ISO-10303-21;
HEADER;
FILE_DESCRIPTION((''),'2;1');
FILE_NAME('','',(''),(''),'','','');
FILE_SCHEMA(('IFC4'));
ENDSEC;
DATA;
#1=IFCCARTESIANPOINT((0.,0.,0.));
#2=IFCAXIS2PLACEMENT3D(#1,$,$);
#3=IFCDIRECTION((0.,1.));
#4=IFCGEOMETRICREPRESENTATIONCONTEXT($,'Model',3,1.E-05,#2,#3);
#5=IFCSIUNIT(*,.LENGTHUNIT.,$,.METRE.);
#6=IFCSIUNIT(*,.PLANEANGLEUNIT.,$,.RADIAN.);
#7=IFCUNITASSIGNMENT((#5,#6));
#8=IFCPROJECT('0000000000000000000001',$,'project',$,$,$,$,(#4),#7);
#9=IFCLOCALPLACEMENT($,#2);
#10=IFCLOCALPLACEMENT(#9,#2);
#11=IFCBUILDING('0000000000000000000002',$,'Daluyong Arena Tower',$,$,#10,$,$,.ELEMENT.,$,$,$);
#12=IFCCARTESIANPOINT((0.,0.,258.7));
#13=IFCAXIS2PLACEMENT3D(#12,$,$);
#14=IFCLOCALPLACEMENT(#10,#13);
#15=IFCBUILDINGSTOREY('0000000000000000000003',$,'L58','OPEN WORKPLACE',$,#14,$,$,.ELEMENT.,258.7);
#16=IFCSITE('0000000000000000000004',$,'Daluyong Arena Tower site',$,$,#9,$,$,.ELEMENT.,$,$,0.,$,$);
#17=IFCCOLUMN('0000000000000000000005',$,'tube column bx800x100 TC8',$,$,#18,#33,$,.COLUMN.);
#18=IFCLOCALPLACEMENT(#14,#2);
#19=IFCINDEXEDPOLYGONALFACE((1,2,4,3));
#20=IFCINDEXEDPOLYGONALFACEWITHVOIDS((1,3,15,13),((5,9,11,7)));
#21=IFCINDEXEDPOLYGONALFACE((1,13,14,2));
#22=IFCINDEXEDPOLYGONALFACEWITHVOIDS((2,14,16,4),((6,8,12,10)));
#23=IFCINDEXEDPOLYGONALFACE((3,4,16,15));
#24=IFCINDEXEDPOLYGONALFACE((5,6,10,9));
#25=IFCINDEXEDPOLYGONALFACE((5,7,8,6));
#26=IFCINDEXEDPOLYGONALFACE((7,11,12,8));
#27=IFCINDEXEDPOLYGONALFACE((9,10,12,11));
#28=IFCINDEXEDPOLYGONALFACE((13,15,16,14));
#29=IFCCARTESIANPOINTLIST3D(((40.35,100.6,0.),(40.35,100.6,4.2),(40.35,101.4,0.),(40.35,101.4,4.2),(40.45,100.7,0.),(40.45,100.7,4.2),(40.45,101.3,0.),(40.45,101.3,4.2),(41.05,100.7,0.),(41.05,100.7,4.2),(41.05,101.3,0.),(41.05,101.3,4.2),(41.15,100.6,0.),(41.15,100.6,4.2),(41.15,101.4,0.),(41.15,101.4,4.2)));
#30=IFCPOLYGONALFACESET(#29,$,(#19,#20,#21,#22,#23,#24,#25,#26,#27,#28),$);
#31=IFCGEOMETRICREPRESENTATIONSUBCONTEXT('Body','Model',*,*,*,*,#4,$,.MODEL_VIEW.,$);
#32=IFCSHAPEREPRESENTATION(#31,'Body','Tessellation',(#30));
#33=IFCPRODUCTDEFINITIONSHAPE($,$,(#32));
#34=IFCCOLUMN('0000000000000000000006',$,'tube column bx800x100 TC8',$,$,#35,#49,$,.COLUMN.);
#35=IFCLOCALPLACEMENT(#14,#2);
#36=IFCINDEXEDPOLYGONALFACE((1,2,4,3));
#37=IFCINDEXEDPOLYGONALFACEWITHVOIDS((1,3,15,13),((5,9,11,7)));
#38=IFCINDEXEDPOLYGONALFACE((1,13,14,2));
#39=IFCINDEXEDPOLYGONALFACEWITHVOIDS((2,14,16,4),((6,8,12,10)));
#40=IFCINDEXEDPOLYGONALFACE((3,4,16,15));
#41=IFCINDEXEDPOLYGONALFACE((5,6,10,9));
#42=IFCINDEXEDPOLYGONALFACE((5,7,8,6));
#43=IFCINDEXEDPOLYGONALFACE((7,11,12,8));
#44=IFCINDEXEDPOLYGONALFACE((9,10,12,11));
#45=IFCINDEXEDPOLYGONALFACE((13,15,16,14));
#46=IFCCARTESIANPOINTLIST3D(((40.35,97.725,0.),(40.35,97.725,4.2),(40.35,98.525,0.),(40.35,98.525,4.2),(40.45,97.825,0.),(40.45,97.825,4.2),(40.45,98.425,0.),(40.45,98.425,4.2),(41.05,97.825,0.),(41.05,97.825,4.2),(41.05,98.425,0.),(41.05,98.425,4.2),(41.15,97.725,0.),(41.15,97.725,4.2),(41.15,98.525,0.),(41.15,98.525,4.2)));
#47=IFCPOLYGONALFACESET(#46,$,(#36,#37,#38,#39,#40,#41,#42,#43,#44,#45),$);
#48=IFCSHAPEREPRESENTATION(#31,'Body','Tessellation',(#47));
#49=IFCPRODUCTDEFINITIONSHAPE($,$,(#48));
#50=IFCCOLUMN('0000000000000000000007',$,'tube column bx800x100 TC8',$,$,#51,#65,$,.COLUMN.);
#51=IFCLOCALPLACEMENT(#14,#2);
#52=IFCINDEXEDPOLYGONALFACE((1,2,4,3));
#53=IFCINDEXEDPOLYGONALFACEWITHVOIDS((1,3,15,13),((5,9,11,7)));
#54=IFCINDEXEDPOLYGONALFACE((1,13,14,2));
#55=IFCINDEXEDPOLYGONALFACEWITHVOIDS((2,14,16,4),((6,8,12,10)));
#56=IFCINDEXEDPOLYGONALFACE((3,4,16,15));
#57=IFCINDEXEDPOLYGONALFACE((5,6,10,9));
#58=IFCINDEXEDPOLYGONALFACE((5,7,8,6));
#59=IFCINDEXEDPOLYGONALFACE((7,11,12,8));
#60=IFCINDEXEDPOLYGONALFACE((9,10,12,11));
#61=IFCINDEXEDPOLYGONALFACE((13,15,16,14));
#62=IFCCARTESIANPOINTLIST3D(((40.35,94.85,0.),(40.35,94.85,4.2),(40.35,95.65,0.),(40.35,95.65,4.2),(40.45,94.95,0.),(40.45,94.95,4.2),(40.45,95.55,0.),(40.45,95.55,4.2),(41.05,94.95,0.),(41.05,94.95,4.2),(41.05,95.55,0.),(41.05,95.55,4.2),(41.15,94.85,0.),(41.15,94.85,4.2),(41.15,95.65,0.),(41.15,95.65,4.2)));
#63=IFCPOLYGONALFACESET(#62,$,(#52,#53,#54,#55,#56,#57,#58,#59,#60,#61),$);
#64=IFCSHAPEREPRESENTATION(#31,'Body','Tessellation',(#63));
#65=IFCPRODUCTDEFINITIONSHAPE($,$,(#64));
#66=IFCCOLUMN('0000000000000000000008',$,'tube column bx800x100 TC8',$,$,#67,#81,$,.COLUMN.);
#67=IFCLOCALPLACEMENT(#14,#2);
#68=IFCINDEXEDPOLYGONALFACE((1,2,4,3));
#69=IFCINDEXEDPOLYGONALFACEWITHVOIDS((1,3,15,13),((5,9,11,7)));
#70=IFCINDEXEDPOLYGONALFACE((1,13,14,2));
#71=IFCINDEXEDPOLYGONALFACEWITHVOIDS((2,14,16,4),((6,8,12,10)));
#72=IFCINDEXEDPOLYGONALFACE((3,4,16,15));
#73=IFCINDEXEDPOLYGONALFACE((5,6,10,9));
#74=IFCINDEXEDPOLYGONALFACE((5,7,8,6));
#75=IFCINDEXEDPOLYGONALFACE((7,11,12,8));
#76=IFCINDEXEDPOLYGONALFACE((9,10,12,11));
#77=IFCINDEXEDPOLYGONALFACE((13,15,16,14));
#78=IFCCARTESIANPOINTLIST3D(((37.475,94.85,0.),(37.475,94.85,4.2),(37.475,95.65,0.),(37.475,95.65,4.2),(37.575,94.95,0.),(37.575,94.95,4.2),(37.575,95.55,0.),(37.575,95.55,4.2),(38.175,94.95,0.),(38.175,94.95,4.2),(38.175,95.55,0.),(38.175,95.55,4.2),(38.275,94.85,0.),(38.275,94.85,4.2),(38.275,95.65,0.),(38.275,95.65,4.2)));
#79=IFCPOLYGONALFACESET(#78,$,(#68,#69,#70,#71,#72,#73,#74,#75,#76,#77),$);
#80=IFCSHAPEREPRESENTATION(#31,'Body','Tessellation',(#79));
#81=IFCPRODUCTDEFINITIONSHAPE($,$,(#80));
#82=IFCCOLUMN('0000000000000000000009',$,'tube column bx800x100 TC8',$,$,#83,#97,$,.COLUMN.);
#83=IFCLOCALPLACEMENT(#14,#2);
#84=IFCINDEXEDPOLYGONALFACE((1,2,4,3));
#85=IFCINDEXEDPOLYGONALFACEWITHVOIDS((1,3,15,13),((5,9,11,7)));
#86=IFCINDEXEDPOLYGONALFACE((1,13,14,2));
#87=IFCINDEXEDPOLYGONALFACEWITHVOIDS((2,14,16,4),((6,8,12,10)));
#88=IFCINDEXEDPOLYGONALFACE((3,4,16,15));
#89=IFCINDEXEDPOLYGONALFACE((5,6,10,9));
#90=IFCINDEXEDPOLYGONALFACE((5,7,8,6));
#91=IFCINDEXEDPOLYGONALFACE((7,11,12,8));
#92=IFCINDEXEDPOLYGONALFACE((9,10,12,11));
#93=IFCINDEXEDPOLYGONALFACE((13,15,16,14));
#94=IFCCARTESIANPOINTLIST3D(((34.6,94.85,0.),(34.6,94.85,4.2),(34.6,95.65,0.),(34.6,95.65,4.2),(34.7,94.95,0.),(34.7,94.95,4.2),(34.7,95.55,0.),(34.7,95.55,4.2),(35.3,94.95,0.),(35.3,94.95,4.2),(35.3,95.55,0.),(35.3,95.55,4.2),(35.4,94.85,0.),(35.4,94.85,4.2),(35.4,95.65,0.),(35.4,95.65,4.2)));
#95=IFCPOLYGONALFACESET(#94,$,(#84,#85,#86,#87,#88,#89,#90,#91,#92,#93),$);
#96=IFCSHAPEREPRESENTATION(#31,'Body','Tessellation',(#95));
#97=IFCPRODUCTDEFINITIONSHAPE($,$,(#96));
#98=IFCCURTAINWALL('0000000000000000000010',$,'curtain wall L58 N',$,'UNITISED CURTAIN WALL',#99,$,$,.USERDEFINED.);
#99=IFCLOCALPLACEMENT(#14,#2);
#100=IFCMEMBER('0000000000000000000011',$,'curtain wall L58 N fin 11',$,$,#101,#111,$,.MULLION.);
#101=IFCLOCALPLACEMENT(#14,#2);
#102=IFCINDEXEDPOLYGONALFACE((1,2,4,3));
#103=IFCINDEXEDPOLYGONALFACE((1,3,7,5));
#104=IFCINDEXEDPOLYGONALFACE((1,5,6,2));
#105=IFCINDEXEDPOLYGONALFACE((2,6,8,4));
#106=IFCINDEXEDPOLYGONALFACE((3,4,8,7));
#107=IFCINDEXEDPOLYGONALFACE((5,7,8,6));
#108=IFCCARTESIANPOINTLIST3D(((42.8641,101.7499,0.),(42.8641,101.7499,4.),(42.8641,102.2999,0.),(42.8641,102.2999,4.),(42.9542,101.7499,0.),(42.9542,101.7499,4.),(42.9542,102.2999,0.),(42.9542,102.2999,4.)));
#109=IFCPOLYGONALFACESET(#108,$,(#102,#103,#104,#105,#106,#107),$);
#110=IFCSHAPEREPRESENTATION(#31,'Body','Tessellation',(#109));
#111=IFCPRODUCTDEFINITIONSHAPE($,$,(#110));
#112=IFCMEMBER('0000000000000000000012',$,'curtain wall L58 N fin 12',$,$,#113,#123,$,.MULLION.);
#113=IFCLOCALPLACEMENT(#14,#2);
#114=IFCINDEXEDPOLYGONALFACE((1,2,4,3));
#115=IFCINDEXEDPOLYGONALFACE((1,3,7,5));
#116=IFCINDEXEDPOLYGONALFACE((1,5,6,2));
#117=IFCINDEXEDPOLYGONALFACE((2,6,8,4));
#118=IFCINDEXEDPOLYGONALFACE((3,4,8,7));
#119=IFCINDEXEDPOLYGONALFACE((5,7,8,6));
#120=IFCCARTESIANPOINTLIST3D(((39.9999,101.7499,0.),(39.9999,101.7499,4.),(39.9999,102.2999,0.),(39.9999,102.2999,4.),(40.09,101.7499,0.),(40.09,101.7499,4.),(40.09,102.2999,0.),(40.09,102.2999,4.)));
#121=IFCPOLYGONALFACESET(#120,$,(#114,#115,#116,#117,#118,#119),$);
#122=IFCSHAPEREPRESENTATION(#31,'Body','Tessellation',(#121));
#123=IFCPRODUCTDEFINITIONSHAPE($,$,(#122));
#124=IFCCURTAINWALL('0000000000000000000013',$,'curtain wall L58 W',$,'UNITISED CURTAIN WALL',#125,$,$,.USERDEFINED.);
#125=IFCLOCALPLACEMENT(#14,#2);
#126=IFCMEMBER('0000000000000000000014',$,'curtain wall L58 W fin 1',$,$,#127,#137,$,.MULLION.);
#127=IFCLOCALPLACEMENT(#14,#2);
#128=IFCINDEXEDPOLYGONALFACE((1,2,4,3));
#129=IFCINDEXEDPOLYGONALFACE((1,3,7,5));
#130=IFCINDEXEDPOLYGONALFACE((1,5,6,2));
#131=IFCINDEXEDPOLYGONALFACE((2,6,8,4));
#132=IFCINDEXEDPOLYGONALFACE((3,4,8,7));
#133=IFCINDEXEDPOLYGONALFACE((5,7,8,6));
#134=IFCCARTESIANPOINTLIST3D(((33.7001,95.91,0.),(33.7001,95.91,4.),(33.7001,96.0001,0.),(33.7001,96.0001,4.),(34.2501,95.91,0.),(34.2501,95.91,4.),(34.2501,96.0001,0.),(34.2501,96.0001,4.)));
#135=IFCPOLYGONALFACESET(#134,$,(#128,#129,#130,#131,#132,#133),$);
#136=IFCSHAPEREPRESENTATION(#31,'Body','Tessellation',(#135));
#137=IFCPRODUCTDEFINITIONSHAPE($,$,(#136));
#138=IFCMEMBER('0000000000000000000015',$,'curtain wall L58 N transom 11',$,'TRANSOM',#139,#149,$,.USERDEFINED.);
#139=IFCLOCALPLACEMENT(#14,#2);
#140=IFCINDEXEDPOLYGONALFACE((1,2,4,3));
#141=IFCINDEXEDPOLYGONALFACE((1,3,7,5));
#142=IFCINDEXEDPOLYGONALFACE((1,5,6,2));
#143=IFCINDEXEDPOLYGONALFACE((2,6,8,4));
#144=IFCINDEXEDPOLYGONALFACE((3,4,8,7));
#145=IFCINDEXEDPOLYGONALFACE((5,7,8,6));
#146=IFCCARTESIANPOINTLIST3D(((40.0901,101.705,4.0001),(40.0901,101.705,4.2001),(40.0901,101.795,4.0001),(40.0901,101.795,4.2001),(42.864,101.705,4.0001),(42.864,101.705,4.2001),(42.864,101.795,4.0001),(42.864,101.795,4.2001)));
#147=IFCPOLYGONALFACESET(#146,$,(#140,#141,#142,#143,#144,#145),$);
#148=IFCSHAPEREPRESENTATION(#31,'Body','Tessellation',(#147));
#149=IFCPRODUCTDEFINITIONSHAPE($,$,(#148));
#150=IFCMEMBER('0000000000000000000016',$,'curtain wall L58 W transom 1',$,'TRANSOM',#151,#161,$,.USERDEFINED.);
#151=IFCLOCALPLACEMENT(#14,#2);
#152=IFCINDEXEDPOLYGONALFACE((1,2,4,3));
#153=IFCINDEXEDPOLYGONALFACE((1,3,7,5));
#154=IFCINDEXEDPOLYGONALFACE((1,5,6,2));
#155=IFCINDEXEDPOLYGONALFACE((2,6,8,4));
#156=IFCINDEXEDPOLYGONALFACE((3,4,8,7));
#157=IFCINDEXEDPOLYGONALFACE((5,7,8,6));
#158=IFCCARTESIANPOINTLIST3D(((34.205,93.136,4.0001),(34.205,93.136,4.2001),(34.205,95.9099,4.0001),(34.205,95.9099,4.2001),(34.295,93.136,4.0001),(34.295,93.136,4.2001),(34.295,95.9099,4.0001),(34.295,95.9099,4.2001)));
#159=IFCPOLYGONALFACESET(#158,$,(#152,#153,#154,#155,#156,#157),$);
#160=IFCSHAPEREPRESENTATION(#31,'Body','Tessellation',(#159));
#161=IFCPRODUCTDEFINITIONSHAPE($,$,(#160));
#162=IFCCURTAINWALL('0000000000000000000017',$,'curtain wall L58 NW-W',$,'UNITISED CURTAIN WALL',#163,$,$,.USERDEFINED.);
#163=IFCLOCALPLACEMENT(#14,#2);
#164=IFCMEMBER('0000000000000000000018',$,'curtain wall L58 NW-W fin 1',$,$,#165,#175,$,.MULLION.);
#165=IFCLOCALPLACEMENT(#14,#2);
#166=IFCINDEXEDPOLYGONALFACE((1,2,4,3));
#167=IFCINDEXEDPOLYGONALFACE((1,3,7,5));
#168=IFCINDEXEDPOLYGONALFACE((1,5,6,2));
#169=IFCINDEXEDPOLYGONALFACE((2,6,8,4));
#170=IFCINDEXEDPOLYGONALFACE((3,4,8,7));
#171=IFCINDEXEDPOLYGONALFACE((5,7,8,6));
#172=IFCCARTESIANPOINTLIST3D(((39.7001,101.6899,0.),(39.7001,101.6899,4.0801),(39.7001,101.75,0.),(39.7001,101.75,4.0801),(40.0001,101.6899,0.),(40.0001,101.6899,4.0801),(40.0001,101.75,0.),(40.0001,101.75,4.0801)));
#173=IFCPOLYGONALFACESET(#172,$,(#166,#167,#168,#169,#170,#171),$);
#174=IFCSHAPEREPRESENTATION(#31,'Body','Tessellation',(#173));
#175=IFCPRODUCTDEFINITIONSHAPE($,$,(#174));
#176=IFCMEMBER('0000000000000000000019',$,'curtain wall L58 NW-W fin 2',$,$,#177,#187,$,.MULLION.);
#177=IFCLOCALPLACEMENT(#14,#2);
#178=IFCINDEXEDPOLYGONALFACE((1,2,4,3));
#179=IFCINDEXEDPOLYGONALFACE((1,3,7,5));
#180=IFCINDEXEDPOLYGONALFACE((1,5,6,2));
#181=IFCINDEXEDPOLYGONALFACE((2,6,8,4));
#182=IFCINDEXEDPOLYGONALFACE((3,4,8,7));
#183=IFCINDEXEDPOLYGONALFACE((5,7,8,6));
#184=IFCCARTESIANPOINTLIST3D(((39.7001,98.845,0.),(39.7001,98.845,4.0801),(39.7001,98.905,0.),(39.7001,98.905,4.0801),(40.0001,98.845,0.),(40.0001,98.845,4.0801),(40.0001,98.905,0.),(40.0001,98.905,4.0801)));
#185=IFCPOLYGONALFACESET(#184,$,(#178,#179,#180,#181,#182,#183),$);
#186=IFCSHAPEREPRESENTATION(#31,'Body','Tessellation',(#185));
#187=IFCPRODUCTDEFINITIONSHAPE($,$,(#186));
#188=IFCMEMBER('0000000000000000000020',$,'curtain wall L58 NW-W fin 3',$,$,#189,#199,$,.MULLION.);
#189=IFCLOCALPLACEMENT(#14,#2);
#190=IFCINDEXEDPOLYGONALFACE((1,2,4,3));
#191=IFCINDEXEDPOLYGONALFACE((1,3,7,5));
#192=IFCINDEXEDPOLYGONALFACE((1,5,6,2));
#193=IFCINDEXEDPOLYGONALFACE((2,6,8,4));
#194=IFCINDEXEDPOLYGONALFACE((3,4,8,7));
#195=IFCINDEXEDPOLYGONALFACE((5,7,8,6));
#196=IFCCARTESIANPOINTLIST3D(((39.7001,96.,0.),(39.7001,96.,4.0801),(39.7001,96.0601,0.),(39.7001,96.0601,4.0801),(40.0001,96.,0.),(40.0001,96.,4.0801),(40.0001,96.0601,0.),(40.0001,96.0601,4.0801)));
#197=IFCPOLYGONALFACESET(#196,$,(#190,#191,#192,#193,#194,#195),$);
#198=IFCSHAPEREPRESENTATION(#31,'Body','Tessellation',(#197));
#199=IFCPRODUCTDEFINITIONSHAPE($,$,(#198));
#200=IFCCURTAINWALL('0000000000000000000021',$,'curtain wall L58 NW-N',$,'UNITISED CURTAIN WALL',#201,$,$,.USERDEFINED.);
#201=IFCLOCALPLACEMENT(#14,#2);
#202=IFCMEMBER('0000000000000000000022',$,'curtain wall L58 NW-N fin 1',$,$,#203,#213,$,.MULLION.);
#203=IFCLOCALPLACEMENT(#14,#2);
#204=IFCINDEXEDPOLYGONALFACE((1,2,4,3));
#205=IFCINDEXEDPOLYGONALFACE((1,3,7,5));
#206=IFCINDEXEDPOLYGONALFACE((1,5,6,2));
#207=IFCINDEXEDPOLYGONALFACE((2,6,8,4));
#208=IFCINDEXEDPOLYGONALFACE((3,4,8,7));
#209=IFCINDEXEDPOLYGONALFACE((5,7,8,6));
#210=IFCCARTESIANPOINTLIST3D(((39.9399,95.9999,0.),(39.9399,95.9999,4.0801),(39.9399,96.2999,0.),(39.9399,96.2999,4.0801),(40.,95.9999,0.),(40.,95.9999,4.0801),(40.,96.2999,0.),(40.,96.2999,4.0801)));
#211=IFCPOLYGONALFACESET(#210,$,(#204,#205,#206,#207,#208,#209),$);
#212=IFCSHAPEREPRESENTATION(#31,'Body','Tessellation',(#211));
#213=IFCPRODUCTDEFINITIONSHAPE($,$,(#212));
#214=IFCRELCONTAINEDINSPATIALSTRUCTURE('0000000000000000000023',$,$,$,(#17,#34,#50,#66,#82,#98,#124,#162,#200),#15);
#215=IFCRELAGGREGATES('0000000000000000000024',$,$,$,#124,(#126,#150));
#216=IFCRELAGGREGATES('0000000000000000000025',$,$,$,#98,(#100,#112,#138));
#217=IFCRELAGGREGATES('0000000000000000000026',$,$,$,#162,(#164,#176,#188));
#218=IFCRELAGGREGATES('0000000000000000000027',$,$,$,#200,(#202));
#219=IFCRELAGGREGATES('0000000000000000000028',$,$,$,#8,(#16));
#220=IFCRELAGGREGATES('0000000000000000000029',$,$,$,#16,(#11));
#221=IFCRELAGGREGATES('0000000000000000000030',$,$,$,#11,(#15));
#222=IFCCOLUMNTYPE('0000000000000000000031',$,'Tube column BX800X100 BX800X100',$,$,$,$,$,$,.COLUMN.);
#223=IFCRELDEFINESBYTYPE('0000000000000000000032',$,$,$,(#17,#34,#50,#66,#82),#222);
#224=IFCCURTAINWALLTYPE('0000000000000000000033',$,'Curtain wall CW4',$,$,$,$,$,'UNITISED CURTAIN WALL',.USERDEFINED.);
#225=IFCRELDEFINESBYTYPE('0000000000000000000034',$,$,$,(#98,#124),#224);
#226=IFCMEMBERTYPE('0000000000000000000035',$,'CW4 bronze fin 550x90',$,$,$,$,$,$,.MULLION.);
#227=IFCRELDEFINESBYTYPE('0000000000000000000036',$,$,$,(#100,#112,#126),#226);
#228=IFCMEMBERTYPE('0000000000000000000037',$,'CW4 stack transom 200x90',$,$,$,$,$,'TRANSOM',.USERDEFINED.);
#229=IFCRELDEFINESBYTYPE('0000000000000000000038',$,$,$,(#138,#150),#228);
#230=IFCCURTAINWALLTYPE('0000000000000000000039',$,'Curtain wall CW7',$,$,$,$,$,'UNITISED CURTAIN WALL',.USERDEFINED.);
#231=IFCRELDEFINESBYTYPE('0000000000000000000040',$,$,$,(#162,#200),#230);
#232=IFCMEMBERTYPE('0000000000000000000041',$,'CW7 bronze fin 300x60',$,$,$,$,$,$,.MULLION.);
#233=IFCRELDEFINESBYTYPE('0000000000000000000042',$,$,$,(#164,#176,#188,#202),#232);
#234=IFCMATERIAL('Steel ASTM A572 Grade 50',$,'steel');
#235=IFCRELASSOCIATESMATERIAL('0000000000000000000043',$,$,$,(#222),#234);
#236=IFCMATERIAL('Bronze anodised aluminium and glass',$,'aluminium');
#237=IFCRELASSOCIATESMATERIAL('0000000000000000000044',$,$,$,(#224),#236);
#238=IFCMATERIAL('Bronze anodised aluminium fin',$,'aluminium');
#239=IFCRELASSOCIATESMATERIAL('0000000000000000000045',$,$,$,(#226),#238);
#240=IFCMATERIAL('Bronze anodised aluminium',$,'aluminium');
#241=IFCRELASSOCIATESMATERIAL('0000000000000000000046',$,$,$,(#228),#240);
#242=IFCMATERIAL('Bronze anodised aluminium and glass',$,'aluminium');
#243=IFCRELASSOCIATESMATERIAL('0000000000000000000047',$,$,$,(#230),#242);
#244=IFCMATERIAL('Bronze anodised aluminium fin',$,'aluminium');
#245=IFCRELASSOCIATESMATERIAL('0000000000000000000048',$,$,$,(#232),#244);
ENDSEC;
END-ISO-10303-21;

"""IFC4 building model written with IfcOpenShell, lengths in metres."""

from ifc_helpers import new_model, si_unit, direction, frame, origin, origin_2d, place, context, subcontext, project, spatial, rectangle, hollow_rectangle, extrude, material, material_profile, profile_set, type_object, element, aggregate, save


model = new_model("IFC4")

# Units and contexts
model_context = context("Model", 3, precision=1e-05, world=origin(), true_north=direction((0.0, 1.0)))
body_context = subcontext(model_context, "Body", "Model", "MODEL_VIEW")
ifc_project = project(units=[si_unit("LENGTHUNIT", "METRE"), si_unit("PLANEANGLEUNIT", "RADIAN")], contexts=[model_context])

# Site, building, storey
site_placement = place(None, origin())
site = spatial("IfcSite", under=ifc_project, at=site_placement, Name="Daluyong Arena Tower site", CompositionType="ELEMENT", RefElevation=0.0)
building_placement = place(site_placement, origin())
building = spatial("IfcBuilding", under=site, at=building_placement, Name="Daluyong Arena Tower", CompositionType="ELEMENT")
storey_placement = place(building_placement, frame((0.0, 0.0, 258.7)))
storey = spatial("IfcBuildingStorey", under=building, at=storey_placement, Name="L58", Description="OPEN WORKPLACE", CompositionType="ELEMENT", Elevation=258.7)

# Columns
ifc_material_1 = material(Name="Steel ASTM A572 Grade 50", Category="steel")
ifc_material_profile_1 = material_profile(ifc_material_1, hollow_rectangle(XDim=0.8, YDim=0.8, WallThickness=0.1, at=origin_2d()))
ifc_profile_set_1 = profile_set([ifc_material_profile_1], Name="Steel ASTM A572 Grade 50")
column_type = type_object("IfcColumnType", Name="Tube column BX800X100 BX800X100", PredefinedType="COLUMN", material=ifc_profile_set_1)
for number, where, z_axis, x_axis, name in (
    (1, (40.75, 101.0, 0.0), (0.0, 0.0, 1.0), (0.0, 1.0, 0.0), "tube column bx800x100 TC8"),
    (2, (40.75, 98.125, 0.0), (0.0, 0.0, 1.0), (0.0, 1.0, 0.0), "tube column bx800x100 TC8"),
    (3, (40.75, 95.25, 0.0), (0.0, 0.0, 1.0), (1.0, 0.0, 0.0), "tube column bx800x100 TC8"),
    (4, (37.875, 95.25, 0.0), (0.0, 0.0, 1.0), (1.0, 0.0, 0.0), "tube column bx800x100 TC8"),
    (5, (35.0, 95.25, 0.0), (0.0, 0.0, 1.0), (0.0, 1.0, 0.0), "tube column bx800x100 TC8"),
):
    element("IfcColumn", number, at=place(storey_placement, frame(where, z_axis=z_axis, x_axis=x_axis)), inside=storey, type_object=column_type, Name=name, PredefinedType="COLUMN", context=body_context, shape_type="SweptSolid", body=[
        extrude(hollow_rectangle(XDim=0.8, YDim=0.8, WallThickness=0.1, at=origin_2d()), origin(), (0.0, 0.0, 1.0), 4.2),
    ])

# Curtain wall, members
ifc_material_2 = material(Name="Bronze anodised aluminium and glass", Category="aluminium")
curtain_wall_type_1 = type_object("IfcCurtainWallType", Name="Curtain wall CW4", ElementType="UNITISED CURTAIN WALL", PredefinedType="USERDEFINED", material=ifc_material_2)
curtain_wall_1_placement = place(storey_placement, origin())
curtain_wall_1 = element("IfcCurtainWall", 6, at=curtain_wall_1_placement, inside=storey, type_object=curtain_wall_type_1, Name="curtain wall L58 N", ObjectType="UNITISED CURTAIN WALL", PredefinedType="USERDEFINED")
ifc_material_3 = material(Name="Bronze anodised aluminium fin", Category="aluminium")
ifc_material_profile_2 = material_profile(ifc_material_3, rectangle(XDim=0.55, YDim=0.0901, at=origin_2d()))
ifc_profile_set_2 = profile_set([ifc_material_profile_2], Name="Bronze anodised aluminium fin")
member_type_1 = type_object("IfcMemberType", Name="CW4 bronze fin 550x90", PredefinedType="MULLION", material=ifc_profile_set_2)
member_1_placement = place(storey_placement, frame((42.9092, 102.0249, 0.0), z_axis=(0.0, 0.0, 1.0), x_axis=(0.0, -1.0, 0.0)))
member_1 = element("IfcMember", 7, at=member_1_placement, type_object=member_type_1, Name="curtain wall L58 N fin 11", PredefinedType="MULLION", context=body_context, shape_type="SweptSolid", body=[
    extrude(rectangle(XDim=0.55, YDim=0.0901, at=origin_2d()), origin(), (0.0, 0.0, 1.0), 4.0),
])
member_2_placement = place(storey_placement, frame((40.0449, 102.0249, 0.0), z_axis=(0.0, 0.0, 1.0), x_axis=(0.0, -1.0, 0.0)))
member_2 = element("IfcMember", 8, at=member_2_placement, type_object=member_type_1, Name="curtain wall L58 N fin 12", PredefinedType="MULLION", context=body_context, shape_type="SweptSolid", body=[
    extrude(rectangle(XDim=0.55, YDim=0.0901, at=origin_2d()), origin(), (0.0, 0.0, 1.0), 4.0),
])

# Curtain wall, member
curtain_wall_2_placement = place(storey_placement, origin())
curtain_wall_2 = element("IfcCurtainWall", 9, at=curtain_wall_2_placement, inside=storey, type_object=curtain_wall_type_1, Name="curtain wall L58 W", ObjectType="UNITISED CURTAIN WALL", PredefinedType="USERDEFINED")
member_3_placement = place(storey_placement, frame((33.9751, 95.9551, 0.0), z_axis=(0.0, 0.0, 1.0), x_axis=(1.0, 0.0, 0.0)))
member_3 = element("IfcMember", 10, at=member_3_placement, type_object=member_type_1, Name="curtain wall L58 W fin 1", PredefinedType="MULLION", context=body_context, shape_type="SweptSolid", body=[
    extrude(rectangle(XDim=0.55, YDim=0.0901, at=origin_2d()), origin(), (0.0, 0.0, 1.0), 4.0),
])

# Members
ifc_material_4 = material(Name="Bronze anodised aluminium", Category="aluminium")
ifc_material_profile_3 = material_profile(ifc_material_4, rectangle(XDim=0.0901, YDim=0.2, at=origin_2d()))
ifc_profile_set_3 = profile_set([ifc_material_profile_3], Name="Bronze anodised aluminium")
member_type_2 = type_object("IfcMemberType", Name="CW4 stack transom 200x90", ElementType="TRANSOM", PredefinedType="USERDEFINED", material=ifc_profile_set_3)
member_4_placement = place(storey_placement, frame((42.864, 101.75, 4.1001), z_axis=(-1.0, 0.0, 0.0), x_axis=(0.0, -1.0, 0.0)))
member_4 = element("IfcMember", 11, at=member_4_placement, type_object=member_type_2, Name="curtain wall L58 N transom 11", ObjectType="TRANSOM", PredefinedType="USERDEFINED", context=body_context, shape_type="SweptSolid", body=[
    extrude(rectangle(XDim=0.0901, YDim=0.2, at=origin_2d()), origin(), (0.0, 0.0, 1.0), 2.7739),
])
member_5_placement = place(storey_placement, frame((34.25, 95.9099, 4.1001), z_axis=(0.0, -1.0, 0.0), x_axis=(1.0, 0.0, 0.0)))
member_5 = element("IfcMember", 12, at=member_5_placement, type_object=member_type_2, Name="curtain wall L58 W transom 1", ObjectType="TRANSOM", PredefinedType="USERDEFINED", context=body_context, shape_type="SweptSolid", body=[
    extrude(rectangle(XDim=0.0901, YDim=0.2, at=origin_2d()), origin(), (0.0, 0.0, 1.0), 2.7739),
])
aggregate(curtain_wall_2, [member_3, member_5])

# Curtain walls, members
ifc_material_5 = material(Name="Bronze anodised aluminium and glass", Category="aluminium")
curtain_wall_type_2 = type_object("IfcCurtainWallType", Name="Curtain wall CW7", ElementType="UNITISED CURTAIN WALL", PredefinedType="USERDEFINED", material=ifc_material_5)
curtain_wall_3_placement = place(storey_placement, origin())
curtain_wall_3 = element("IfcCurtainWall", 13, at=curtain_wall_3_placement, inside=storey, type_object=curtain_wall_type_2, Name="curtain wall L58 NW-W", ObjectType="UNITISED CURTAIN WALL", PredefinedType="USERDEFINED")
ifc_material_6 = material(Name="Bronze anodised aluminium fin", Category="aluminium")
ifc_material_profile_4 = material_profile(ifc_material_6, rectangle(XDim=0.3, YDim=0.0601, at=origin_2d()))
ifc_profile_set_4 = profile_set([ifc_material_profile_4], Name="Bronze anodised aluminium fin")
member_type_3 = type_object("IfcMemberType", Name="CW7 bronze fin 300x60", PredefinedType="MULLION", material=ifc_profile_set_4)
member_6_placement = place(storey_placement, frame((39.8501, 101.72, 0.0), z_axis=(0.0, 0.0, 1.0), x_axis=(1.0, 0.0, 0.0)))
member_6 = element("IfcMember", 14, at=member_6_placement, type_object=member_type_3, Name="curtain wall L58 NW-W fin 1", PredefinedType="MULLION", context=body_context, shape_type="SweptSolid", body=[
    extrude(rectangle(XDim=0.3, YDim=0.0601, at=origin_2d()), origin(), (0.0, 0.0, 1.0), 4.0801),
])
member_7_placement = place(storey_placement, frame((39.8501, 98.875, 0.0), z_axis=(0.0, 0.0, 1.0), x_axis=(1.0, 0.0, 0.0)))
member_7 = element("IfcMember", 15, at=member_7_placement, type_object=member_type_3, Name="curtain wall L58 NW-W fin 2", PredefinedType="MULLION", context=body_context, shape_type="SweptSolid", body=[
    extrude(rectangle(XDim=0.3, YDim=0.0601, at=origin_2d()), origin(), (0.0, 0.0, 1.0), 4.0801),
])
member_8_placement = place(storey_placement, frame((39.8501, 96.03, 0.0), z_axis=(0.0, 0.0, 1.0), x_axis=(1.0, 0.0, 0.0)))
member_8 = element("IfcMember", 16, at=member_8_placement, type_object=member_type_3, Name="curtain wall L58 NW-W fin 3", PredefinedType="MULLION", context=body_context, shape_type="SweptSolid", body=[
    extrude(rectangle(XDim=0.3, YDim=0.0601, at=origin_2d()), origin(), (0.0, 0.0, 1.0), 4.0801),
])
curtain_wall_4_placement = place(storey_placement, origin())
curtain_wall_4 = element("IfcCurtainWall", 17, at=curtain_wall_4_placement, inside=storey, type_object=curtain_wall_type_2, Name="curtain wall L58 NW-N", ObjectType="UNITISED CURTAIN WALL", PredefinedType="USERDEFINED")
member_9_placement = place(storey_placement, frame((39.97, 96.1499, 0.0), z_axis=(0.0, 0.0, 1.0), x_axis=(0.0, -1.0, 0.0)))
member_9 = element("IfcMember", 18, at=member_9_placement, type_object=member_type_3, Name="curtain wall L58 NW-N fin 1", PredefinedType="MULLION", context=body_context, shape_type="SweptSolid", body=[
    extrude(rectangle(XDim=0.3, YDim=0.0601, at=origin_2d()), origin(), (0.0, 0.0, 1.0), 4.0801),
])

aggregate(curtain_wall_1, [member_1, member_2, member_4])
aggregate(curtain_wall_3, [member_6, member_7, member_8])
aggregate(curtain_wall_4, [member_9])

save(model, "model.ifc")
